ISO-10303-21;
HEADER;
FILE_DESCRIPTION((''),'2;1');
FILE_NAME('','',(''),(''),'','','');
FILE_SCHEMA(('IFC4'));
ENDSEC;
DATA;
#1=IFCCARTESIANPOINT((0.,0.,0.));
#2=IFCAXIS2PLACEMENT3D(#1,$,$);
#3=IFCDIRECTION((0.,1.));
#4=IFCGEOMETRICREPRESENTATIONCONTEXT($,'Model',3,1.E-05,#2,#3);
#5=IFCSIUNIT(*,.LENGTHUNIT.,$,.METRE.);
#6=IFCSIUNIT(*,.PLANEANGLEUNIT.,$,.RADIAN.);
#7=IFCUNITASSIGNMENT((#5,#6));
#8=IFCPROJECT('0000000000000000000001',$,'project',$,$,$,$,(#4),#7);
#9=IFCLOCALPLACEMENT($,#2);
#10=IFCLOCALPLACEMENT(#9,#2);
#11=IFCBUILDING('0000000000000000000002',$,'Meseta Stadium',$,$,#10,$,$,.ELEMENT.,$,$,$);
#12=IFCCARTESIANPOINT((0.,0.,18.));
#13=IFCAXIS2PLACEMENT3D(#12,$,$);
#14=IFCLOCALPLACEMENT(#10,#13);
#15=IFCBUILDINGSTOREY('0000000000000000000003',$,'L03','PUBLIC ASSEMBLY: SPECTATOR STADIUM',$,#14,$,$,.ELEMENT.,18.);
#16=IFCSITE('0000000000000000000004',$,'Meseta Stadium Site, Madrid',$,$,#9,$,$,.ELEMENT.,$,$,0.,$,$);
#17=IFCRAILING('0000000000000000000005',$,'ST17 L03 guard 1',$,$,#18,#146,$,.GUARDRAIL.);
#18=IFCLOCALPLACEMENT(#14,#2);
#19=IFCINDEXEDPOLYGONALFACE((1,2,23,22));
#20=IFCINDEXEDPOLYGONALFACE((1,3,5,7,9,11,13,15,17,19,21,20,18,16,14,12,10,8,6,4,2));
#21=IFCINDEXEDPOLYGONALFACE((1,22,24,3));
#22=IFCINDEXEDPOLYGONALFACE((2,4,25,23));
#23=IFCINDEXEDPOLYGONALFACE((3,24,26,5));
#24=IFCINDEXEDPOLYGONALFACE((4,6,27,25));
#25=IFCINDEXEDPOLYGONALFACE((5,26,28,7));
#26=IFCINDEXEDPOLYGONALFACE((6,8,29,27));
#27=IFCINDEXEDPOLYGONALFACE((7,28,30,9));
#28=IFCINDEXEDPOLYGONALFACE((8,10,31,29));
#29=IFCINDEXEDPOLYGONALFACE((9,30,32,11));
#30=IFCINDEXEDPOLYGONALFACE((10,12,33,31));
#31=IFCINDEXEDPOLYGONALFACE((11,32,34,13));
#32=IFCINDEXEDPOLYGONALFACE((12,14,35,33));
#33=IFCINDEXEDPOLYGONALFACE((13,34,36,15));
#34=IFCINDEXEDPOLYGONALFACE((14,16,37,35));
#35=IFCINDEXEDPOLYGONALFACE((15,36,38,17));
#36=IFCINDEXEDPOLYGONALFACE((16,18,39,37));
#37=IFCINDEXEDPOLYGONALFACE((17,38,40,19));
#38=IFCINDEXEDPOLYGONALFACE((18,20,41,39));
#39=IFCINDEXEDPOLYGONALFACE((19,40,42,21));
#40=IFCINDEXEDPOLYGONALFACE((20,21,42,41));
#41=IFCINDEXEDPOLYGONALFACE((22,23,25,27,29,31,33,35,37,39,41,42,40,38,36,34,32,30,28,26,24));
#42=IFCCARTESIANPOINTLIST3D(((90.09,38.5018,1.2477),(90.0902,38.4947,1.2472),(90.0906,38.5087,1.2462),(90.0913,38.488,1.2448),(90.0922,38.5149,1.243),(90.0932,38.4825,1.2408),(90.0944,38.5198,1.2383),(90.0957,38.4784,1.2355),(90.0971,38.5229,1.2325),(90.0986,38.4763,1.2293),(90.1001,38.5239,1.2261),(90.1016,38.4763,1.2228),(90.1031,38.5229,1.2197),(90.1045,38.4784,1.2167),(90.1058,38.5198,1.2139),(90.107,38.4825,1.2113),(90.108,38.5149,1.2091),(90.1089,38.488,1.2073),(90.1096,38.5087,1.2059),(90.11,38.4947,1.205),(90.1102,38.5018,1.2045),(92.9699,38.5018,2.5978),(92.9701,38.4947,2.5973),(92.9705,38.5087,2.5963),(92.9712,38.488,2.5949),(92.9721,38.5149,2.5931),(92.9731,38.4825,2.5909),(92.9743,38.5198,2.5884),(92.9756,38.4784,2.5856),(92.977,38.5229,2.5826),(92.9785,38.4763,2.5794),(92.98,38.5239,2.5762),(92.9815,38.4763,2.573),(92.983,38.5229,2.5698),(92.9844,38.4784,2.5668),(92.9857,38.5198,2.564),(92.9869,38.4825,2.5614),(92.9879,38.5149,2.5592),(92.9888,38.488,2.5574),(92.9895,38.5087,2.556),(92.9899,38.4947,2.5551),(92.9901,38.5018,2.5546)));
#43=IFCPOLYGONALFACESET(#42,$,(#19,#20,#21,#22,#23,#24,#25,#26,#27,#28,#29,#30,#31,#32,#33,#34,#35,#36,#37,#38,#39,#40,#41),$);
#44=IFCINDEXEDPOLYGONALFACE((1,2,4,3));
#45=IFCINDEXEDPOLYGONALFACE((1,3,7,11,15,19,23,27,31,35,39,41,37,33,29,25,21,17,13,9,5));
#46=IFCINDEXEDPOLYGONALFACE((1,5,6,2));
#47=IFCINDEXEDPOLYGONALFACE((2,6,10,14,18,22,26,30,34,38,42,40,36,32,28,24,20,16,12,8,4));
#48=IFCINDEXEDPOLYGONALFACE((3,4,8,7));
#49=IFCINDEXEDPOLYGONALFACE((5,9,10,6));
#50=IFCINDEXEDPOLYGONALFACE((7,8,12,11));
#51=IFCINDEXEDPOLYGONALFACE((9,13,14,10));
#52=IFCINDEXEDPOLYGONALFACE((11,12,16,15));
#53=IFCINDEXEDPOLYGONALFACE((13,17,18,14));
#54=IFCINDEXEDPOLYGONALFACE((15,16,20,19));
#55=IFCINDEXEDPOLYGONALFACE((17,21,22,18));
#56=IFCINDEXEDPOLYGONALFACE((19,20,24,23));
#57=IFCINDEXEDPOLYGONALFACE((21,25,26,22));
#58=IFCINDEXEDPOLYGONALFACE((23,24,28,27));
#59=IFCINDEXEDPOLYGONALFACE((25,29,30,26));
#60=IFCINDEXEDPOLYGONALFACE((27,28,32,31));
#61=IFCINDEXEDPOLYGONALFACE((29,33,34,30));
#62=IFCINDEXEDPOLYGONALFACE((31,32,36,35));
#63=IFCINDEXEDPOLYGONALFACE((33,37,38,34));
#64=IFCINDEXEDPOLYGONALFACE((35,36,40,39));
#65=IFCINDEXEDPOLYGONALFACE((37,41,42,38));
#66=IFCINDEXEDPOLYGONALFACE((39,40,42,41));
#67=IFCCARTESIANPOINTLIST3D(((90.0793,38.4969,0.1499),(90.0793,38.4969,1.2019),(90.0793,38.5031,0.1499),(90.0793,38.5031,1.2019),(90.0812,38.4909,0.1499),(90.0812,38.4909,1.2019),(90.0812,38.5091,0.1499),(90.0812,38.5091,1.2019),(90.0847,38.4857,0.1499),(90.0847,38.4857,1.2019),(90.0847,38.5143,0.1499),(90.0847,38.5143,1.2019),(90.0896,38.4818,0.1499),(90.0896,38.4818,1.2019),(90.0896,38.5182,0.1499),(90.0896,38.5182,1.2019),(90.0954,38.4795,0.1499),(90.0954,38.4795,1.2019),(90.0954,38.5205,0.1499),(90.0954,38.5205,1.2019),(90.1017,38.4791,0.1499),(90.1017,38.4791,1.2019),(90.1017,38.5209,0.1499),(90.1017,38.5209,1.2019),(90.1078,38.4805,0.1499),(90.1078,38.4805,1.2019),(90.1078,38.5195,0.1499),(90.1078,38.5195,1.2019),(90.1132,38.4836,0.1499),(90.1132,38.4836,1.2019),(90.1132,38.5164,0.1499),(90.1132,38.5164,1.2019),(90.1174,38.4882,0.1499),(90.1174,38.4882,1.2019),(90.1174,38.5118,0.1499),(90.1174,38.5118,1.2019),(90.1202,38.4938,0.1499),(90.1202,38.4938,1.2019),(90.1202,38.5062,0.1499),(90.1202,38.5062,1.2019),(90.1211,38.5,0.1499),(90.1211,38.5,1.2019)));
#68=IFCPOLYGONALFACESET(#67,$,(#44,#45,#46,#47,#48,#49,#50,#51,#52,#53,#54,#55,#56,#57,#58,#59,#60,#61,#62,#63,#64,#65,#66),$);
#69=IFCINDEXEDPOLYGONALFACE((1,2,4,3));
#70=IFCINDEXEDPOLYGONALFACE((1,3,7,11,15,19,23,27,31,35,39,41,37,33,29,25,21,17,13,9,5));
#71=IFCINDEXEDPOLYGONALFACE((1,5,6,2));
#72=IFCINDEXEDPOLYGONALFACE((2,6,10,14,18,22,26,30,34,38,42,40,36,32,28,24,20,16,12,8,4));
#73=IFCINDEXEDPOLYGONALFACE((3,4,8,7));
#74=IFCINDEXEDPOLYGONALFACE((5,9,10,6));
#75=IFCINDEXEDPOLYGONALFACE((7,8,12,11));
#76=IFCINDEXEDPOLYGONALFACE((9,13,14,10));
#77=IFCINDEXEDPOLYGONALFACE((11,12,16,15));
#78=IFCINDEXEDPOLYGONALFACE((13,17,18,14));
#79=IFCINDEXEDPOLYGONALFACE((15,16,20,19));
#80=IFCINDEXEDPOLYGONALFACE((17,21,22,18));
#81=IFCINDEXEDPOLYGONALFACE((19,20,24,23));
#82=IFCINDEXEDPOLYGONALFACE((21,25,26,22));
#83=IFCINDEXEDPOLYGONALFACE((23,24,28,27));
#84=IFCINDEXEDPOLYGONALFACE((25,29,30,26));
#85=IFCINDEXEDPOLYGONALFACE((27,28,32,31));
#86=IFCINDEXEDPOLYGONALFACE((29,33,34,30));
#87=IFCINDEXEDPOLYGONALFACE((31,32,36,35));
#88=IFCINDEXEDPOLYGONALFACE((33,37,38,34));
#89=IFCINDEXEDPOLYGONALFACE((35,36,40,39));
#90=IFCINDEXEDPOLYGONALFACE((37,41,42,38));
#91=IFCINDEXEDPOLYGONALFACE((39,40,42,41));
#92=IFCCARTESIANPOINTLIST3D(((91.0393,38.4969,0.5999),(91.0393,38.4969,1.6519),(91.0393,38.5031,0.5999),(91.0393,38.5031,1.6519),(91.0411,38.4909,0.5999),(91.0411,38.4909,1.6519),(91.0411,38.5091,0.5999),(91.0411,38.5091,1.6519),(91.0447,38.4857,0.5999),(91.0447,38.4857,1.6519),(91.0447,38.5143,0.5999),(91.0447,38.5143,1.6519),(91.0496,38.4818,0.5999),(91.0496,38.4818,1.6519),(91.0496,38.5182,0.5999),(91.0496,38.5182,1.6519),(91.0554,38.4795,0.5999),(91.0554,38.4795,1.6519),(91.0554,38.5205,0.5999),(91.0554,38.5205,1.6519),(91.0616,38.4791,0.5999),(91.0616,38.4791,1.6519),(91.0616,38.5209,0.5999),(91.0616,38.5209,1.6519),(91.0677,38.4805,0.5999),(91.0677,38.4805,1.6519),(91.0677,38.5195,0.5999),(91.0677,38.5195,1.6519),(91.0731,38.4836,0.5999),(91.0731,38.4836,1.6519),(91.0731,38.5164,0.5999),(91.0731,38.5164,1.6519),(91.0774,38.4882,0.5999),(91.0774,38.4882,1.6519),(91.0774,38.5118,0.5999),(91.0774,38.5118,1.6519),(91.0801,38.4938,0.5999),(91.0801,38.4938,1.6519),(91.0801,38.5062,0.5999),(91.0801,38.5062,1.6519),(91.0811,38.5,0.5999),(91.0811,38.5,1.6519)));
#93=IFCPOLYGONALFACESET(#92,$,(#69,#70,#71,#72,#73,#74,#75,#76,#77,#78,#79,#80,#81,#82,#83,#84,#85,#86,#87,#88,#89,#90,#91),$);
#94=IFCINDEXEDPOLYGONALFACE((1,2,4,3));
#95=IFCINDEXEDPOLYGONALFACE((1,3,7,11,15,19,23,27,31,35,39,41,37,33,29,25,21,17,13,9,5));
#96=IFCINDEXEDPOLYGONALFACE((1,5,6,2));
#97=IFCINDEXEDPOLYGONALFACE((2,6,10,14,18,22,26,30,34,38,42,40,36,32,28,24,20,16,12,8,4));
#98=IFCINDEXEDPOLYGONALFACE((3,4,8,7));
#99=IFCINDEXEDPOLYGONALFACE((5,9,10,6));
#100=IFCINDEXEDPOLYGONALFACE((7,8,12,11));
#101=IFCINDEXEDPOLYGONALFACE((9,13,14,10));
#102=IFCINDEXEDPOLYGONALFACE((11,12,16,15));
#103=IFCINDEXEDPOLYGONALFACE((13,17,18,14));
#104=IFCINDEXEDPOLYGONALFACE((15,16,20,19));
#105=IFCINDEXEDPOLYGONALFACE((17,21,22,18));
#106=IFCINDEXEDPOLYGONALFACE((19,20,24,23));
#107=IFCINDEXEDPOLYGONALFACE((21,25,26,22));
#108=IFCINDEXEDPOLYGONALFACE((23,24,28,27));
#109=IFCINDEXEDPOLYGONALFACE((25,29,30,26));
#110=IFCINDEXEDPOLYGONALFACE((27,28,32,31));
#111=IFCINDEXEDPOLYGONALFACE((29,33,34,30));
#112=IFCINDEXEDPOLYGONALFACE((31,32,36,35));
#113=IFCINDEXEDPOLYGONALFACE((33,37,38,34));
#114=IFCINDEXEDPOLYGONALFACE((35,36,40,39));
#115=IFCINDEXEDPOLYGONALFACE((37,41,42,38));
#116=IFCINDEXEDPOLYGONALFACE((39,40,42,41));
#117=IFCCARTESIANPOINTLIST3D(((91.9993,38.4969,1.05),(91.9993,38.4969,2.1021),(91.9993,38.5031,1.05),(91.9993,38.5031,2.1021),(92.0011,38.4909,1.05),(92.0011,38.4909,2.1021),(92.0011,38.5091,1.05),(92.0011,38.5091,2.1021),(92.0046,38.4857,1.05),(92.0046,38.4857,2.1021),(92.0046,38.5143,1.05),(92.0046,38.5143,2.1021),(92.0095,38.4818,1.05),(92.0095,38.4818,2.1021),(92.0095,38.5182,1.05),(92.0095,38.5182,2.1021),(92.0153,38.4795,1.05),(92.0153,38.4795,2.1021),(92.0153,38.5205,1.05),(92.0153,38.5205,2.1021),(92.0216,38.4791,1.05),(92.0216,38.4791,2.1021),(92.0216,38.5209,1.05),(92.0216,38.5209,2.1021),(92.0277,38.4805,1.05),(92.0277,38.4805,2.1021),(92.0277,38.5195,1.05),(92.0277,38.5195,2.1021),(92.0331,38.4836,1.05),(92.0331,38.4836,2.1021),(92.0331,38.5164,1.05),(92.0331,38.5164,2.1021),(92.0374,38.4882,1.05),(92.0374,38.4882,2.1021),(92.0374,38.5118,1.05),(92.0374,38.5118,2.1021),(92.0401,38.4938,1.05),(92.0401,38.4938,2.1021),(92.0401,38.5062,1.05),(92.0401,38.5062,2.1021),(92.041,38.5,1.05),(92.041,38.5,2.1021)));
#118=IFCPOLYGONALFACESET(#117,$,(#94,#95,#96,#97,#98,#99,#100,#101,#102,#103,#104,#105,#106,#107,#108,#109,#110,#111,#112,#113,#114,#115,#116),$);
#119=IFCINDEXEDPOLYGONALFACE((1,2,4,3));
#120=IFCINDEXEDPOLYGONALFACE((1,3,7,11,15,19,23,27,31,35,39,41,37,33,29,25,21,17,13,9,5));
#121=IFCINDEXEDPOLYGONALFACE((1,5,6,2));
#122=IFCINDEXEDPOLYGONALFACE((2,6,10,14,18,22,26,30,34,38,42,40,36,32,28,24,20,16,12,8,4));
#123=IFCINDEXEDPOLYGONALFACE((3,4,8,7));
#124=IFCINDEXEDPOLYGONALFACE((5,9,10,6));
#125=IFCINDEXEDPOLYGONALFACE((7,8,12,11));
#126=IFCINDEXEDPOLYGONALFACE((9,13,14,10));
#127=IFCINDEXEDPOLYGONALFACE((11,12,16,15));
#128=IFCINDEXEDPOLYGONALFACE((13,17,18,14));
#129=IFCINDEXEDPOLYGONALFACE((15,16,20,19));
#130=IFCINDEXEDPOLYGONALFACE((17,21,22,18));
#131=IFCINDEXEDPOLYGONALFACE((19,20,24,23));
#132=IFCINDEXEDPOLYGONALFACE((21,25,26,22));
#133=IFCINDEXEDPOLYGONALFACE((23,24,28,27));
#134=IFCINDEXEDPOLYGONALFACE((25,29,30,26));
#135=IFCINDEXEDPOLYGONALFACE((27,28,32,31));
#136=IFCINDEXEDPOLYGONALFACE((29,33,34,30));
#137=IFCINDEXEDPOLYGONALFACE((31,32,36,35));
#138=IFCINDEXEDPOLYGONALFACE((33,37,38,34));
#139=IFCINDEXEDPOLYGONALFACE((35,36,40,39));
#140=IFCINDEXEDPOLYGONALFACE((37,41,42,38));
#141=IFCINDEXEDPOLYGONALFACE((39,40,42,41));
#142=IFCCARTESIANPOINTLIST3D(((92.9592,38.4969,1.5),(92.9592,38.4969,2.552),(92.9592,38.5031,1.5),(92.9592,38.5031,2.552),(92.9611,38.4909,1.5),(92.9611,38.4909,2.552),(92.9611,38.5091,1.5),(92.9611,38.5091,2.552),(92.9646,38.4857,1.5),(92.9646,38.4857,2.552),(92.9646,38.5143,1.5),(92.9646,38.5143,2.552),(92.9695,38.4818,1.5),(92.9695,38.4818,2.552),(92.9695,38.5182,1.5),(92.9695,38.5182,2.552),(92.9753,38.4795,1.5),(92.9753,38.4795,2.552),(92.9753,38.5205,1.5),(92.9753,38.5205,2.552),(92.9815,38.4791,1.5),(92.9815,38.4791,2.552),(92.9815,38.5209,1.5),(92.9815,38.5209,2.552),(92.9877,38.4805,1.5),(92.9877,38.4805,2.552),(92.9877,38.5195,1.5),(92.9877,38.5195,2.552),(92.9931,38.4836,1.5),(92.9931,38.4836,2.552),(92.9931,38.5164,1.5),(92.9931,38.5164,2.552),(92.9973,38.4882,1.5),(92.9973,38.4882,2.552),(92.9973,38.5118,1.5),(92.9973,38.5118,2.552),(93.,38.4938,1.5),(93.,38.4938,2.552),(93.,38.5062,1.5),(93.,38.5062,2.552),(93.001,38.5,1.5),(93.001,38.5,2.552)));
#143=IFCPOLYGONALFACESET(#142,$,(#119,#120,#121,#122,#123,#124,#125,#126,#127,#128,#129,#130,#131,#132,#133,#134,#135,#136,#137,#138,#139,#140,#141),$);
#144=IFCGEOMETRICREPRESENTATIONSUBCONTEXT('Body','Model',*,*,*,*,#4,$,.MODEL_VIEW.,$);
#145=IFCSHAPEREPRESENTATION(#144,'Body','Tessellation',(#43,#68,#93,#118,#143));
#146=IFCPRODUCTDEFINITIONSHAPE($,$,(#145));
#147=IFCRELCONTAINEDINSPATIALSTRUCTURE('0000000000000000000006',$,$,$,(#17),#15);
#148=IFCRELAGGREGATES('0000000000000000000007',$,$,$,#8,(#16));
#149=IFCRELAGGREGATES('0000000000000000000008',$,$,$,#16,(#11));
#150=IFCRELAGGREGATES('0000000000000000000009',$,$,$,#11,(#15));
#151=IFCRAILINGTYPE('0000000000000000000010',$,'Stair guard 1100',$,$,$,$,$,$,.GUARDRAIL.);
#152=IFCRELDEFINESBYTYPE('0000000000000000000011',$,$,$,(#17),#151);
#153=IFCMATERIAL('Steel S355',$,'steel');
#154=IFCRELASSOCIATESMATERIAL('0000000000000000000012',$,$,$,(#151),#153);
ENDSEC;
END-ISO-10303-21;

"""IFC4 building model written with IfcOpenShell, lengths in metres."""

from ifc_helpers import new_model, si_unit, direction, frame, origin, origin_2d, place, context, subcontext, project, spatial, circle, extrude, material, type_object, element, save


model = new_model("IFC4")

# Units and contexts
model_context = context("Model", 3, precision=1e-05, world=origin(), true_north=direction((0.0, 1.0)))
body_context = subcontext(model_context, "Body", "Model", "MODEL_VIEW")
ifc_project = project(units=[si_unit("LENGTHUNIT", "METRE"), si_unit("PLANEANGLEUNIT", "RADIAN")], contexts=[model_context])

# Site, building, storey
site_placement = place(None, origin())
site = spatial("IfcSite", under=ifc_project, at=site_placement, Name="Meseta Stadium Site, Madrid", CompositionType="ELEMENT", RefElevation=0.0)
building_placement = place(site_placement, origin())
building = spatial("IfcBuilding", under=site, at=building_placement, Name="Meseta Stadium", CompositionType="ELEMENT")
storey_placement = place(building_placement, frame((0.0, 0.0, 18.0)))
storey = spatial("IfcBuildingStorey", under=building, at=storey_placement, Name="L03", Description="PUBLIC ASSEMBLY: SPECTATOR STADIUM", CompositionType="ELEMENT", Elevation=18.0)

# Railing
ifc_material_1 = material(Name="Steel S355", Category="steel")
railing_type_1 = type_object("IfcRailingType", Name="Stair guard 1100", PredefinedType="GUARDRAIL", material=ifc_material_1)
railing_1_placement = place(storey_placement, frame((90.1001, 38.5, 0.1499)))
element("IfcRailing", 1, at=railing_1_placement, inside=storey, type_object=railing_type_1, Name="ST17 L03 guard 1", PredefinedType="GUARDRAIL", context=body_context, shape_type="SweptSolid", body=[
    extrude(circle(Radius=0.0239, at=origin_2d()), frame((0.0, 0.0, 1.0762), z_axis=(0.90544, 0.0, 0.424473), x_axis=(0.0, 1.0, 0.0)), (0.0, 0.0, 1.0), 3.1807),
    extrude(circle(Radius=0.021, at=origin_2d()), origin(), (0.0, 0.0, 1.0), 1.052),
    extrude(circle(Radius=0.021, at=origin_2d()), frame((0.96, 0.0, 0.45)), (0.0, 0.0, 1.0), 1.052),
    extrude(circle(Radius=0.021, at=origin_2d()), frame((1.9199, 0.0, 0.9001)), (0.0, 0.0, 1.0), 1.052),
    extrude(circle(Radius=0.021, at=origin_2d()), frame((2.8799, 0.0, 1.3501)), (0.0, 0.0, 1.0), 1.052),
])

save(model, "model.ifc")
